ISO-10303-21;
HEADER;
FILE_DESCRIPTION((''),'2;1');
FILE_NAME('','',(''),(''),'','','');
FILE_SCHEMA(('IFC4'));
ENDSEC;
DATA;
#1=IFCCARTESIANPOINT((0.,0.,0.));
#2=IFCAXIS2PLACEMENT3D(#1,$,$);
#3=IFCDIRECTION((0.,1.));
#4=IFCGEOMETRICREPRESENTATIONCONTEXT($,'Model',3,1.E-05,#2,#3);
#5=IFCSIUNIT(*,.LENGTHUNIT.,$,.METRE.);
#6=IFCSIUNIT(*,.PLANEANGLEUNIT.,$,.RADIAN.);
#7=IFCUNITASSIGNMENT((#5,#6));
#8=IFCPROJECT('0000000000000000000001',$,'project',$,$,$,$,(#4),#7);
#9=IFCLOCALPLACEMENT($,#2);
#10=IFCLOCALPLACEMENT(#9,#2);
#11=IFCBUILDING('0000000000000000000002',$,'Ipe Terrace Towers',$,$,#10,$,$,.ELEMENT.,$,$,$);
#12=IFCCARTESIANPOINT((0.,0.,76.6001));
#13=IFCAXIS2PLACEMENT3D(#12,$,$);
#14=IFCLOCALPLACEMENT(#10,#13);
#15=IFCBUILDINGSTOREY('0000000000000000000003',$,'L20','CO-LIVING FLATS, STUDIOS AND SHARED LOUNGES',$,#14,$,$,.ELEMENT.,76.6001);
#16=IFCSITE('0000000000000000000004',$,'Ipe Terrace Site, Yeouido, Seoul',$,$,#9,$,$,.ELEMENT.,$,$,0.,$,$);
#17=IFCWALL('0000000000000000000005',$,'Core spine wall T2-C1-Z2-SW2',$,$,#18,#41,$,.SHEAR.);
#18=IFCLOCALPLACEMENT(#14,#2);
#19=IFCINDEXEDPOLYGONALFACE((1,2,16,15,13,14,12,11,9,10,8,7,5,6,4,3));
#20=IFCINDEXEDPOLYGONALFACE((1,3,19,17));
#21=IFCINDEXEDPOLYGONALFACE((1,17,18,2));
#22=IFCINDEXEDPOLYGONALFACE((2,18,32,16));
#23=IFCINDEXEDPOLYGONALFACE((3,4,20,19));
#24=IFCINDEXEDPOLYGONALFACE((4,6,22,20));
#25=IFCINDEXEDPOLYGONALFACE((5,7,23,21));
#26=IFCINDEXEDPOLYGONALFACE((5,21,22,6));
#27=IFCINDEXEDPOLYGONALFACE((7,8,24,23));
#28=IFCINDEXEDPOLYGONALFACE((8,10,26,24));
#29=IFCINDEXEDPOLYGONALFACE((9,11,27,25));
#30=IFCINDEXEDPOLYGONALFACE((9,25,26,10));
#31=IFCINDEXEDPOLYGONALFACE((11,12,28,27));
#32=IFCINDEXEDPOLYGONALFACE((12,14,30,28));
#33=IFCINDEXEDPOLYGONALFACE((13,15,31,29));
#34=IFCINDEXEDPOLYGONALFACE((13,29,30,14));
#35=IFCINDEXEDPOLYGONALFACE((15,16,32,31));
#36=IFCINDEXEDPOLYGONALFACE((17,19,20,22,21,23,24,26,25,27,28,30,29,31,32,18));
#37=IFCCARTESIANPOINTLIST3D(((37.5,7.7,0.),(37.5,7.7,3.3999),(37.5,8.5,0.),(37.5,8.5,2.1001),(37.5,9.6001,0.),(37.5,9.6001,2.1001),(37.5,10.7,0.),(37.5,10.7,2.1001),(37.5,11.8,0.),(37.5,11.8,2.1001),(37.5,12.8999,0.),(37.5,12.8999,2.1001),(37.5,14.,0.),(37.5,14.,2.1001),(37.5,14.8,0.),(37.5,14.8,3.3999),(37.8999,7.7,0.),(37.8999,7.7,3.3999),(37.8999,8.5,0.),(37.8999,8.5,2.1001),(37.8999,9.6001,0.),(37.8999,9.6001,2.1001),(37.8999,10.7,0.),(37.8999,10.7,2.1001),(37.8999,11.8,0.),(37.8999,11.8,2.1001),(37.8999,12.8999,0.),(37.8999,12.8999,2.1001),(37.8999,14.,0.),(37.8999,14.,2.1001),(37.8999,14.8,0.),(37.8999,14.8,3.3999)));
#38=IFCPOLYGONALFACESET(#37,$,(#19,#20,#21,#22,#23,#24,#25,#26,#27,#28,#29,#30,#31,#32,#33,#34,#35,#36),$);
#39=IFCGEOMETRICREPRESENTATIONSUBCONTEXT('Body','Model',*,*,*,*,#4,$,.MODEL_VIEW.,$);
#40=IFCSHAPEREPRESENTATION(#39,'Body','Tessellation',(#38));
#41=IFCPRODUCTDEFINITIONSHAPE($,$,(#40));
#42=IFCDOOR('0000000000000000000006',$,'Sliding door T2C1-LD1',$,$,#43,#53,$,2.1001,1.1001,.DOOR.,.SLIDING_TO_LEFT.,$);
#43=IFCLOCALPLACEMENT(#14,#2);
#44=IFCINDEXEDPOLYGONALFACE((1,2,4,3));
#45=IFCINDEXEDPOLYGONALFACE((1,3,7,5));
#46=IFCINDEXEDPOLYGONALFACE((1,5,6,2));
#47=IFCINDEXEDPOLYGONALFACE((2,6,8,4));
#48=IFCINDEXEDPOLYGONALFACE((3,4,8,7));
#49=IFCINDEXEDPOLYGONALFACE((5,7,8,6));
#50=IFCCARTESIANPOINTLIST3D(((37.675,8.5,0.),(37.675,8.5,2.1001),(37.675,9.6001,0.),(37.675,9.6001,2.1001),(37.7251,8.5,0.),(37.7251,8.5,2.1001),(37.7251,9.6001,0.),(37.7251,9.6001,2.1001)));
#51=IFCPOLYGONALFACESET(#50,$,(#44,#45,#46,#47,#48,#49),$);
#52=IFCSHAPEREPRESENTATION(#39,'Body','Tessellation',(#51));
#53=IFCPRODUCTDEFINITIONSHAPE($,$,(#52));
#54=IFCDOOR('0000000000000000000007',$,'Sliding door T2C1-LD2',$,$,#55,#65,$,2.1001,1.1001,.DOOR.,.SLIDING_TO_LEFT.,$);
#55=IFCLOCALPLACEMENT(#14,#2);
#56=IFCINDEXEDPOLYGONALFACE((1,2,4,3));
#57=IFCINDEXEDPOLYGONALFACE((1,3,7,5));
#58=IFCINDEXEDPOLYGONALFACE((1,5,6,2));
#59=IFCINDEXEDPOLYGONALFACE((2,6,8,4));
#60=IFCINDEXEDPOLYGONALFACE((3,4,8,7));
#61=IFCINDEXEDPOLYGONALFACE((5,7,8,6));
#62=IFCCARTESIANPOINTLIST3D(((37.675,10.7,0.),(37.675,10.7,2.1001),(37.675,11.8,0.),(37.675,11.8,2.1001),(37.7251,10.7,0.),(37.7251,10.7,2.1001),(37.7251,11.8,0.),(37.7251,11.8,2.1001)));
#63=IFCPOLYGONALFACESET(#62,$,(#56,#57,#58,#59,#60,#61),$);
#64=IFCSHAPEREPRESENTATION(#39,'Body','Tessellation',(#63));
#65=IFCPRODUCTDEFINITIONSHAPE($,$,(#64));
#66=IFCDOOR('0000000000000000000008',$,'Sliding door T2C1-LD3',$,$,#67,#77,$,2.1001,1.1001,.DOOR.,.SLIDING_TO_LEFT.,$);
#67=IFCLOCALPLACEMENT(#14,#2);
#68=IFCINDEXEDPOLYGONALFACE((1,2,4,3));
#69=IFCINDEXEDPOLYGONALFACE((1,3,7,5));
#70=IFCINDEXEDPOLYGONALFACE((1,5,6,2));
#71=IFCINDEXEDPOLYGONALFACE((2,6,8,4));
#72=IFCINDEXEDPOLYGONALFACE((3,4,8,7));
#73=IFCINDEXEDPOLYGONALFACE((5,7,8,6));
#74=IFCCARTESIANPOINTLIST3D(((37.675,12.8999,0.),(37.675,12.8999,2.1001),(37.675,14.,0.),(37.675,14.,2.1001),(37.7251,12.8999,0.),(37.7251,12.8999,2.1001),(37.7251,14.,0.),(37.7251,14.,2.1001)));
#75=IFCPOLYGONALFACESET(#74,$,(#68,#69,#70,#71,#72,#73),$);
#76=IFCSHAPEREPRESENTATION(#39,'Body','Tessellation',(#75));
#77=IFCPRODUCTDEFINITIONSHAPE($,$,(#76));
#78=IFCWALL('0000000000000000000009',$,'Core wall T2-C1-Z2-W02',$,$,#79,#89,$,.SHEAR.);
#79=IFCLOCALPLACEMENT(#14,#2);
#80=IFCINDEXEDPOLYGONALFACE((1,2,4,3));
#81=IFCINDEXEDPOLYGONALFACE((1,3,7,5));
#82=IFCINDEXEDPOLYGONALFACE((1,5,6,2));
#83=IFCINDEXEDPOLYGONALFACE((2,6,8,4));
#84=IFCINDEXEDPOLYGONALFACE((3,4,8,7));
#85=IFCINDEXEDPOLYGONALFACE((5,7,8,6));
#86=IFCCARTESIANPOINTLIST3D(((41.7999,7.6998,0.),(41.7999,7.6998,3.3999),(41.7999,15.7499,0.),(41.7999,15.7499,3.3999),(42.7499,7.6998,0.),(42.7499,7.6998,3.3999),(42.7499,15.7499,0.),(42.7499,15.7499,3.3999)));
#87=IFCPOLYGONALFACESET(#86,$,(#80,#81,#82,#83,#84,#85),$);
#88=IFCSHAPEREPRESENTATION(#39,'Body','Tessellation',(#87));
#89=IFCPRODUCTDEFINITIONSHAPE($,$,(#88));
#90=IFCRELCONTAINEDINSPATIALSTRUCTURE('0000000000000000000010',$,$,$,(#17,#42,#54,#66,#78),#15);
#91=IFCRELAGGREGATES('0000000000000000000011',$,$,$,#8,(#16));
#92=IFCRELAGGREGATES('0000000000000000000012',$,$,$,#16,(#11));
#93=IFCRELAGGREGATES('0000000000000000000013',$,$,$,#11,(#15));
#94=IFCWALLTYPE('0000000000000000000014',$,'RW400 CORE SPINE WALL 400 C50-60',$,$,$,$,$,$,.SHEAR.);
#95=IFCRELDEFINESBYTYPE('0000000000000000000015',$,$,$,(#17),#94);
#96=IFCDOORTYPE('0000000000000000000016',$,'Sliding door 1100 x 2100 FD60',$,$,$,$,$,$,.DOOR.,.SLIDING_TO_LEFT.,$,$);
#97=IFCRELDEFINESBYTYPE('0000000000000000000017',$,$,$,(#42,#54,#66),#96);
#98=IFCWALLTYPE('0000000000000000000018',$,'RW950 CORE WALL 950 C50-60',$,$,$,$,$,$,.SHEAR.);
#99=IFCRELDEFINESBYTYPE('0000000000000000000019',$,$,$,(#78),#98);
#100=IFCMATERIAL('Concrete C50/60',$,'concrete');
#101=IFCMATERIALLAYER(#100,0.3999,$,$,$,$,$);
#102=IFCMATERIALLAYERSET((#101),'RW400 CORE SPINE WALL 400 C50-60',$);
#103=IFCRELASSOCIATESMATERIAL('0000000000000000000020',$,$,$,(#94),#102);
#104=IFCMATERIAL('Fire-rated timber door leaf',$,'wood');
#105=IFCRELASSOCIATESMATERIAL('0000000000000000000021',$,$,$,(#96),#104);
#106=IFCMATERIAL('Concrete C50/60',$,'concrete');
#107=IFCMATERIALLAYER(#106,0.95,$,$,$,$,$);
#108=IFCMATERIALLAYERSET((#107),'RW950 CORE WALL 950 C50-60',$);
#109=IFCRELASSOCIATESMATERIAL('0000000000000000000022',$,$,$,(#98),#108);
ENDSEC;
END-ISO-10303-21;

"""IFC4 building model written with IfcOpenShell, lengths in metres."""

from ifc_helpers import new_model, si_unit, direction, frame, frame_2d, origin, place, context, subcontext, project, spatial, rectangle, extrude, material, layer, layer_set, type_object, element, fill, save


model = new_model("IFC4")

# Units and contexts
model_context = context("Model", 3, precision=1e-05, world=origin(), true_north=direction((0.0, 1.0)))
body_context = subcontext(model_context, "Body", "Model", "MODEL_VIEW")
ifc_project = project(units=[si_unit("LENGTHUNIT", "METRE"), si_unit("PLANEANGLEUNIT", "RADIAN")], contexts=[model_context])

# Site, building, storey
site_placement = place(None, origin())
site = spatial("IfcSite", under=ifc_project, at=site_placement, Name="Ipe Terrace Site, Yeouido, Seoul", CompositionType="ELEMENT", RefElevation=0.0)
building_placement = place(site_placement, origin())
building = spatial("IfcBuilding", under=site, at=building_placement, Name="Ipe Terrace Towers", CompositionType="ELEMENT")
storey_placement = place(building_placement, frame((0.0, 0.0, 76.6001)))
storey = spatial("IfcBuildingStorey", under=building, at=storey_placement, Name="L20", Description="CO-LIVING FLATS, STUDIOS AND SHARED LOUNGES", CompositionType="ELEMENT", Elevation=76.6001)

# Shared definitions
ifc_material_1 = material(Name="Concrete C50/60", Category="concrete")
ifc_layer_1 = layer(ifc_material_1, 0.3999)
ifc_layer_set_1 = layer_set([ifc_layer_1], Name="RW400 CORE SPINE WALL 400 C50-60")
wall_type_1 = type_object("IfcWallType", Name="RW400 CORE SPINE WALL 400 C50-60", PredefinedType="SHEAR", material=ifc_layer_set_1)

# Wall, openings, doors
wall_1_placement = place(storey_placement, frame((37.7, 7.7, 0.0), z_axis=(0.0, 0.0, 1.0), x_axis=(0.0, 1.0, 0.0)))
wall_1 = element("IfcWall", 1, at=wall_1_placement, inside=storey, type_object=wall_type_1, Name="Core spine wall T2-C1-Z2-SW2", PredefinedType="SHEAR", context=body_context, shape_type="SweptSolid", body=[
    extrude(rectangle(XDim=7.1001, YDim=0.3999, at=frame_2d((3.55, 0.0))), origin(), (0.0, 0.0, 1.0), 3.3999),
])
opening_1_placement = place(wall_1_placement, frame((0.8, 0.0, 0.0)))
opening_1 = element("IfcOpeningElement", 2, at=opening_1_placement, cuts=wall_1, PredefinedType="OPENING", context=body_context, shape_type="SweptSolid", body=[
    extrude(rectangle(XDim=1.1001, YDim=2.1001, at=frame_2d((0.55, 1.05))), frame((0.0, 0.21, 0.0), z_axis=(0.0, -1.0, 0.0), x_axis=(1.0, 0.0, 0.0)), (0.0, 0.0, 1.0), 0.4199),
])
opening_2_placement = place(wall_1_placement, frame((3.0, 0.0, 0.0)))
opening_2 = element("IfcOpeningElement", 3, at=opening_2_placement, cuts=wall_1, PredefinedType="OPENING", context=body_context, shape_type="SweptSolid", body=[
    extrude(rectangle(XDim=1.1001, YDim=2.1001, at=frame_2d((0.55, 1.05))), frame((0.0, 0.21, 0.0), z_axis=(0.0, -1.0, 0.0), x_axis=(1.0, 0.0, 0.0)), (0.0, 0.0, 1.0), 0.4199),
])
opening_3_placement = place(wall_1_placement, frame((5.2, 0.0, 0.0)))
opening_3 = element("IfcOpeningElement", 4, at=opening_3_placement, cuts=wall_1, PredefinedType="OPENING", context=body_context, shape_type="SweptSolid", body=[
    extrude(rectangle(XDim=1.1001, YDim=2.1001, at=frame_2d((0.55, 1.05))), frame((0.0, 0.21, 0.0), z_axis=(0.0, -1.0, 0.0), x_axis=(1.0, 0.0, 0.0)), (0.0, 0.0, 1.0), 0.4199),
])
ifc_material_2 = material(Name="Fire-rated timber door leaf", Category="wood")
door_type_1 = type_object("IfcDoorType", Name="Sliding door 1100 x 2100 FD60", OperationType="SLIDING_TO_LEFT", PredefinedType="DOOR", material=ifc_material_2)
door_1_placement = place(opening_1_placement, origin())
door_1 = element("IfcDoor", 5, at=door_1_placement, inside=storey, type_object=door_type_1, Name="Sliding door T2C1-LD1", OperationType="SLIDING_TO_LEFT", OverallHeight=2.1001, OverallWidth=1.1001, PredefinedType="DOOR", context=body_context, shape_type="SweptSolid", body=[
    extrude(rectangle(XDim=1.1001, YDim=2.1001, at=frame_2d((0.55, 1.05))), frame((0.0, 0.0249, 0.0), z_axis=(0.0, -1.0, 0.0), x_axis=(1.0, 0.0, 0.0)), (0.0, 0.0, 1.0), 0.05),
])
fill(opening_1, door_1)
door_2_placement = place(opening_2_placement, origin())
door_2 = element("IfcDoor", 6, at=door_2_placement, inside=storey, type_object=door_type_1, Name="Sliding door T2C1-LD2", OperationType="SLIDING_TO_LEFT", OverallHeight=2.1001, OverallWidth=1.1001, PredefinedType="DOOR", context=body_context, shape_type="SweptSolid", body=[
    extrude(rectangle(XDim=1.1001, YDim=2.1001, at=frame_2d((0.55, 1.05))), frame((0.0, 0.0249, 0.0), z_axis=(0.0, -1.0, 0.0), x_axis=(1.0, 0.0, 0.0)), (0.0, 0.0, 1.0), 0.05),
])
fill(opening_2, door_2)
door_3_placement = place(opening_3_placement, origin())
door_3 = element("IfcDoor", 7, at=door_3_placement, inside=storey, type_object=door_type_1, Name="Sliding door T2C1-LD3", OperationType="SLIDING_TO_LEFT", OverallHeight=2.1001, OverallWidth=1.1001, PredefinedType="DOOR", context=body_context, shape_type="SweptSolid", body=[
    extrude(rectangle(XDim=1.1001, YDim=2.1001, at=frame_2d((0.55, 1.05))), frame((0.0, 0.0249, 0.0), z_axis=(0.0, -1.0, 0.0), x_axis=(1.0, 0.0, 0.0)), (0.0, 0.0, 1.0), 0.05),
])
fill(opening_3, door_3)

# Wall
ifc_material_3 = material(Name="Concrete C50/60", Category="concrete")
ifc_layer_2 = layer(ifc_material_3, 0.95)
ifc_layer_set_2 = layer_set([ifc_layer_2], Name="RW950 CORE WALL 950 C50-60")
wall_type_2 = type_object("IfcWallType", Name="RW950 CORE WALL 950 C50-60", PredefinedType="SHEAR", material=ifc_layer_set_2)
wall_2_placement = place(storey_placement, frame((42.2749, 7.7, 0.0), z_axis=(0.0, 0.0, 1.0), x_axis=(0.0, 1.0, 0.0)))
element("IfcWall", 8, at=wall_2_placement, inside=storey, type_object=wall_type_2, Name="Core wall T2-C1-Z2-W02", PredefinedType="SHEAR", context=body_context, shape_type="SweptSolid", body=[
    extrude(rectangle(XDim=8.05, YDim=0.95, at=frame_2d((4.0249, 0.0))), origin(), (0.0, 0.0, 1.0), 3.3999),
])

save(model, "model.ifc")
